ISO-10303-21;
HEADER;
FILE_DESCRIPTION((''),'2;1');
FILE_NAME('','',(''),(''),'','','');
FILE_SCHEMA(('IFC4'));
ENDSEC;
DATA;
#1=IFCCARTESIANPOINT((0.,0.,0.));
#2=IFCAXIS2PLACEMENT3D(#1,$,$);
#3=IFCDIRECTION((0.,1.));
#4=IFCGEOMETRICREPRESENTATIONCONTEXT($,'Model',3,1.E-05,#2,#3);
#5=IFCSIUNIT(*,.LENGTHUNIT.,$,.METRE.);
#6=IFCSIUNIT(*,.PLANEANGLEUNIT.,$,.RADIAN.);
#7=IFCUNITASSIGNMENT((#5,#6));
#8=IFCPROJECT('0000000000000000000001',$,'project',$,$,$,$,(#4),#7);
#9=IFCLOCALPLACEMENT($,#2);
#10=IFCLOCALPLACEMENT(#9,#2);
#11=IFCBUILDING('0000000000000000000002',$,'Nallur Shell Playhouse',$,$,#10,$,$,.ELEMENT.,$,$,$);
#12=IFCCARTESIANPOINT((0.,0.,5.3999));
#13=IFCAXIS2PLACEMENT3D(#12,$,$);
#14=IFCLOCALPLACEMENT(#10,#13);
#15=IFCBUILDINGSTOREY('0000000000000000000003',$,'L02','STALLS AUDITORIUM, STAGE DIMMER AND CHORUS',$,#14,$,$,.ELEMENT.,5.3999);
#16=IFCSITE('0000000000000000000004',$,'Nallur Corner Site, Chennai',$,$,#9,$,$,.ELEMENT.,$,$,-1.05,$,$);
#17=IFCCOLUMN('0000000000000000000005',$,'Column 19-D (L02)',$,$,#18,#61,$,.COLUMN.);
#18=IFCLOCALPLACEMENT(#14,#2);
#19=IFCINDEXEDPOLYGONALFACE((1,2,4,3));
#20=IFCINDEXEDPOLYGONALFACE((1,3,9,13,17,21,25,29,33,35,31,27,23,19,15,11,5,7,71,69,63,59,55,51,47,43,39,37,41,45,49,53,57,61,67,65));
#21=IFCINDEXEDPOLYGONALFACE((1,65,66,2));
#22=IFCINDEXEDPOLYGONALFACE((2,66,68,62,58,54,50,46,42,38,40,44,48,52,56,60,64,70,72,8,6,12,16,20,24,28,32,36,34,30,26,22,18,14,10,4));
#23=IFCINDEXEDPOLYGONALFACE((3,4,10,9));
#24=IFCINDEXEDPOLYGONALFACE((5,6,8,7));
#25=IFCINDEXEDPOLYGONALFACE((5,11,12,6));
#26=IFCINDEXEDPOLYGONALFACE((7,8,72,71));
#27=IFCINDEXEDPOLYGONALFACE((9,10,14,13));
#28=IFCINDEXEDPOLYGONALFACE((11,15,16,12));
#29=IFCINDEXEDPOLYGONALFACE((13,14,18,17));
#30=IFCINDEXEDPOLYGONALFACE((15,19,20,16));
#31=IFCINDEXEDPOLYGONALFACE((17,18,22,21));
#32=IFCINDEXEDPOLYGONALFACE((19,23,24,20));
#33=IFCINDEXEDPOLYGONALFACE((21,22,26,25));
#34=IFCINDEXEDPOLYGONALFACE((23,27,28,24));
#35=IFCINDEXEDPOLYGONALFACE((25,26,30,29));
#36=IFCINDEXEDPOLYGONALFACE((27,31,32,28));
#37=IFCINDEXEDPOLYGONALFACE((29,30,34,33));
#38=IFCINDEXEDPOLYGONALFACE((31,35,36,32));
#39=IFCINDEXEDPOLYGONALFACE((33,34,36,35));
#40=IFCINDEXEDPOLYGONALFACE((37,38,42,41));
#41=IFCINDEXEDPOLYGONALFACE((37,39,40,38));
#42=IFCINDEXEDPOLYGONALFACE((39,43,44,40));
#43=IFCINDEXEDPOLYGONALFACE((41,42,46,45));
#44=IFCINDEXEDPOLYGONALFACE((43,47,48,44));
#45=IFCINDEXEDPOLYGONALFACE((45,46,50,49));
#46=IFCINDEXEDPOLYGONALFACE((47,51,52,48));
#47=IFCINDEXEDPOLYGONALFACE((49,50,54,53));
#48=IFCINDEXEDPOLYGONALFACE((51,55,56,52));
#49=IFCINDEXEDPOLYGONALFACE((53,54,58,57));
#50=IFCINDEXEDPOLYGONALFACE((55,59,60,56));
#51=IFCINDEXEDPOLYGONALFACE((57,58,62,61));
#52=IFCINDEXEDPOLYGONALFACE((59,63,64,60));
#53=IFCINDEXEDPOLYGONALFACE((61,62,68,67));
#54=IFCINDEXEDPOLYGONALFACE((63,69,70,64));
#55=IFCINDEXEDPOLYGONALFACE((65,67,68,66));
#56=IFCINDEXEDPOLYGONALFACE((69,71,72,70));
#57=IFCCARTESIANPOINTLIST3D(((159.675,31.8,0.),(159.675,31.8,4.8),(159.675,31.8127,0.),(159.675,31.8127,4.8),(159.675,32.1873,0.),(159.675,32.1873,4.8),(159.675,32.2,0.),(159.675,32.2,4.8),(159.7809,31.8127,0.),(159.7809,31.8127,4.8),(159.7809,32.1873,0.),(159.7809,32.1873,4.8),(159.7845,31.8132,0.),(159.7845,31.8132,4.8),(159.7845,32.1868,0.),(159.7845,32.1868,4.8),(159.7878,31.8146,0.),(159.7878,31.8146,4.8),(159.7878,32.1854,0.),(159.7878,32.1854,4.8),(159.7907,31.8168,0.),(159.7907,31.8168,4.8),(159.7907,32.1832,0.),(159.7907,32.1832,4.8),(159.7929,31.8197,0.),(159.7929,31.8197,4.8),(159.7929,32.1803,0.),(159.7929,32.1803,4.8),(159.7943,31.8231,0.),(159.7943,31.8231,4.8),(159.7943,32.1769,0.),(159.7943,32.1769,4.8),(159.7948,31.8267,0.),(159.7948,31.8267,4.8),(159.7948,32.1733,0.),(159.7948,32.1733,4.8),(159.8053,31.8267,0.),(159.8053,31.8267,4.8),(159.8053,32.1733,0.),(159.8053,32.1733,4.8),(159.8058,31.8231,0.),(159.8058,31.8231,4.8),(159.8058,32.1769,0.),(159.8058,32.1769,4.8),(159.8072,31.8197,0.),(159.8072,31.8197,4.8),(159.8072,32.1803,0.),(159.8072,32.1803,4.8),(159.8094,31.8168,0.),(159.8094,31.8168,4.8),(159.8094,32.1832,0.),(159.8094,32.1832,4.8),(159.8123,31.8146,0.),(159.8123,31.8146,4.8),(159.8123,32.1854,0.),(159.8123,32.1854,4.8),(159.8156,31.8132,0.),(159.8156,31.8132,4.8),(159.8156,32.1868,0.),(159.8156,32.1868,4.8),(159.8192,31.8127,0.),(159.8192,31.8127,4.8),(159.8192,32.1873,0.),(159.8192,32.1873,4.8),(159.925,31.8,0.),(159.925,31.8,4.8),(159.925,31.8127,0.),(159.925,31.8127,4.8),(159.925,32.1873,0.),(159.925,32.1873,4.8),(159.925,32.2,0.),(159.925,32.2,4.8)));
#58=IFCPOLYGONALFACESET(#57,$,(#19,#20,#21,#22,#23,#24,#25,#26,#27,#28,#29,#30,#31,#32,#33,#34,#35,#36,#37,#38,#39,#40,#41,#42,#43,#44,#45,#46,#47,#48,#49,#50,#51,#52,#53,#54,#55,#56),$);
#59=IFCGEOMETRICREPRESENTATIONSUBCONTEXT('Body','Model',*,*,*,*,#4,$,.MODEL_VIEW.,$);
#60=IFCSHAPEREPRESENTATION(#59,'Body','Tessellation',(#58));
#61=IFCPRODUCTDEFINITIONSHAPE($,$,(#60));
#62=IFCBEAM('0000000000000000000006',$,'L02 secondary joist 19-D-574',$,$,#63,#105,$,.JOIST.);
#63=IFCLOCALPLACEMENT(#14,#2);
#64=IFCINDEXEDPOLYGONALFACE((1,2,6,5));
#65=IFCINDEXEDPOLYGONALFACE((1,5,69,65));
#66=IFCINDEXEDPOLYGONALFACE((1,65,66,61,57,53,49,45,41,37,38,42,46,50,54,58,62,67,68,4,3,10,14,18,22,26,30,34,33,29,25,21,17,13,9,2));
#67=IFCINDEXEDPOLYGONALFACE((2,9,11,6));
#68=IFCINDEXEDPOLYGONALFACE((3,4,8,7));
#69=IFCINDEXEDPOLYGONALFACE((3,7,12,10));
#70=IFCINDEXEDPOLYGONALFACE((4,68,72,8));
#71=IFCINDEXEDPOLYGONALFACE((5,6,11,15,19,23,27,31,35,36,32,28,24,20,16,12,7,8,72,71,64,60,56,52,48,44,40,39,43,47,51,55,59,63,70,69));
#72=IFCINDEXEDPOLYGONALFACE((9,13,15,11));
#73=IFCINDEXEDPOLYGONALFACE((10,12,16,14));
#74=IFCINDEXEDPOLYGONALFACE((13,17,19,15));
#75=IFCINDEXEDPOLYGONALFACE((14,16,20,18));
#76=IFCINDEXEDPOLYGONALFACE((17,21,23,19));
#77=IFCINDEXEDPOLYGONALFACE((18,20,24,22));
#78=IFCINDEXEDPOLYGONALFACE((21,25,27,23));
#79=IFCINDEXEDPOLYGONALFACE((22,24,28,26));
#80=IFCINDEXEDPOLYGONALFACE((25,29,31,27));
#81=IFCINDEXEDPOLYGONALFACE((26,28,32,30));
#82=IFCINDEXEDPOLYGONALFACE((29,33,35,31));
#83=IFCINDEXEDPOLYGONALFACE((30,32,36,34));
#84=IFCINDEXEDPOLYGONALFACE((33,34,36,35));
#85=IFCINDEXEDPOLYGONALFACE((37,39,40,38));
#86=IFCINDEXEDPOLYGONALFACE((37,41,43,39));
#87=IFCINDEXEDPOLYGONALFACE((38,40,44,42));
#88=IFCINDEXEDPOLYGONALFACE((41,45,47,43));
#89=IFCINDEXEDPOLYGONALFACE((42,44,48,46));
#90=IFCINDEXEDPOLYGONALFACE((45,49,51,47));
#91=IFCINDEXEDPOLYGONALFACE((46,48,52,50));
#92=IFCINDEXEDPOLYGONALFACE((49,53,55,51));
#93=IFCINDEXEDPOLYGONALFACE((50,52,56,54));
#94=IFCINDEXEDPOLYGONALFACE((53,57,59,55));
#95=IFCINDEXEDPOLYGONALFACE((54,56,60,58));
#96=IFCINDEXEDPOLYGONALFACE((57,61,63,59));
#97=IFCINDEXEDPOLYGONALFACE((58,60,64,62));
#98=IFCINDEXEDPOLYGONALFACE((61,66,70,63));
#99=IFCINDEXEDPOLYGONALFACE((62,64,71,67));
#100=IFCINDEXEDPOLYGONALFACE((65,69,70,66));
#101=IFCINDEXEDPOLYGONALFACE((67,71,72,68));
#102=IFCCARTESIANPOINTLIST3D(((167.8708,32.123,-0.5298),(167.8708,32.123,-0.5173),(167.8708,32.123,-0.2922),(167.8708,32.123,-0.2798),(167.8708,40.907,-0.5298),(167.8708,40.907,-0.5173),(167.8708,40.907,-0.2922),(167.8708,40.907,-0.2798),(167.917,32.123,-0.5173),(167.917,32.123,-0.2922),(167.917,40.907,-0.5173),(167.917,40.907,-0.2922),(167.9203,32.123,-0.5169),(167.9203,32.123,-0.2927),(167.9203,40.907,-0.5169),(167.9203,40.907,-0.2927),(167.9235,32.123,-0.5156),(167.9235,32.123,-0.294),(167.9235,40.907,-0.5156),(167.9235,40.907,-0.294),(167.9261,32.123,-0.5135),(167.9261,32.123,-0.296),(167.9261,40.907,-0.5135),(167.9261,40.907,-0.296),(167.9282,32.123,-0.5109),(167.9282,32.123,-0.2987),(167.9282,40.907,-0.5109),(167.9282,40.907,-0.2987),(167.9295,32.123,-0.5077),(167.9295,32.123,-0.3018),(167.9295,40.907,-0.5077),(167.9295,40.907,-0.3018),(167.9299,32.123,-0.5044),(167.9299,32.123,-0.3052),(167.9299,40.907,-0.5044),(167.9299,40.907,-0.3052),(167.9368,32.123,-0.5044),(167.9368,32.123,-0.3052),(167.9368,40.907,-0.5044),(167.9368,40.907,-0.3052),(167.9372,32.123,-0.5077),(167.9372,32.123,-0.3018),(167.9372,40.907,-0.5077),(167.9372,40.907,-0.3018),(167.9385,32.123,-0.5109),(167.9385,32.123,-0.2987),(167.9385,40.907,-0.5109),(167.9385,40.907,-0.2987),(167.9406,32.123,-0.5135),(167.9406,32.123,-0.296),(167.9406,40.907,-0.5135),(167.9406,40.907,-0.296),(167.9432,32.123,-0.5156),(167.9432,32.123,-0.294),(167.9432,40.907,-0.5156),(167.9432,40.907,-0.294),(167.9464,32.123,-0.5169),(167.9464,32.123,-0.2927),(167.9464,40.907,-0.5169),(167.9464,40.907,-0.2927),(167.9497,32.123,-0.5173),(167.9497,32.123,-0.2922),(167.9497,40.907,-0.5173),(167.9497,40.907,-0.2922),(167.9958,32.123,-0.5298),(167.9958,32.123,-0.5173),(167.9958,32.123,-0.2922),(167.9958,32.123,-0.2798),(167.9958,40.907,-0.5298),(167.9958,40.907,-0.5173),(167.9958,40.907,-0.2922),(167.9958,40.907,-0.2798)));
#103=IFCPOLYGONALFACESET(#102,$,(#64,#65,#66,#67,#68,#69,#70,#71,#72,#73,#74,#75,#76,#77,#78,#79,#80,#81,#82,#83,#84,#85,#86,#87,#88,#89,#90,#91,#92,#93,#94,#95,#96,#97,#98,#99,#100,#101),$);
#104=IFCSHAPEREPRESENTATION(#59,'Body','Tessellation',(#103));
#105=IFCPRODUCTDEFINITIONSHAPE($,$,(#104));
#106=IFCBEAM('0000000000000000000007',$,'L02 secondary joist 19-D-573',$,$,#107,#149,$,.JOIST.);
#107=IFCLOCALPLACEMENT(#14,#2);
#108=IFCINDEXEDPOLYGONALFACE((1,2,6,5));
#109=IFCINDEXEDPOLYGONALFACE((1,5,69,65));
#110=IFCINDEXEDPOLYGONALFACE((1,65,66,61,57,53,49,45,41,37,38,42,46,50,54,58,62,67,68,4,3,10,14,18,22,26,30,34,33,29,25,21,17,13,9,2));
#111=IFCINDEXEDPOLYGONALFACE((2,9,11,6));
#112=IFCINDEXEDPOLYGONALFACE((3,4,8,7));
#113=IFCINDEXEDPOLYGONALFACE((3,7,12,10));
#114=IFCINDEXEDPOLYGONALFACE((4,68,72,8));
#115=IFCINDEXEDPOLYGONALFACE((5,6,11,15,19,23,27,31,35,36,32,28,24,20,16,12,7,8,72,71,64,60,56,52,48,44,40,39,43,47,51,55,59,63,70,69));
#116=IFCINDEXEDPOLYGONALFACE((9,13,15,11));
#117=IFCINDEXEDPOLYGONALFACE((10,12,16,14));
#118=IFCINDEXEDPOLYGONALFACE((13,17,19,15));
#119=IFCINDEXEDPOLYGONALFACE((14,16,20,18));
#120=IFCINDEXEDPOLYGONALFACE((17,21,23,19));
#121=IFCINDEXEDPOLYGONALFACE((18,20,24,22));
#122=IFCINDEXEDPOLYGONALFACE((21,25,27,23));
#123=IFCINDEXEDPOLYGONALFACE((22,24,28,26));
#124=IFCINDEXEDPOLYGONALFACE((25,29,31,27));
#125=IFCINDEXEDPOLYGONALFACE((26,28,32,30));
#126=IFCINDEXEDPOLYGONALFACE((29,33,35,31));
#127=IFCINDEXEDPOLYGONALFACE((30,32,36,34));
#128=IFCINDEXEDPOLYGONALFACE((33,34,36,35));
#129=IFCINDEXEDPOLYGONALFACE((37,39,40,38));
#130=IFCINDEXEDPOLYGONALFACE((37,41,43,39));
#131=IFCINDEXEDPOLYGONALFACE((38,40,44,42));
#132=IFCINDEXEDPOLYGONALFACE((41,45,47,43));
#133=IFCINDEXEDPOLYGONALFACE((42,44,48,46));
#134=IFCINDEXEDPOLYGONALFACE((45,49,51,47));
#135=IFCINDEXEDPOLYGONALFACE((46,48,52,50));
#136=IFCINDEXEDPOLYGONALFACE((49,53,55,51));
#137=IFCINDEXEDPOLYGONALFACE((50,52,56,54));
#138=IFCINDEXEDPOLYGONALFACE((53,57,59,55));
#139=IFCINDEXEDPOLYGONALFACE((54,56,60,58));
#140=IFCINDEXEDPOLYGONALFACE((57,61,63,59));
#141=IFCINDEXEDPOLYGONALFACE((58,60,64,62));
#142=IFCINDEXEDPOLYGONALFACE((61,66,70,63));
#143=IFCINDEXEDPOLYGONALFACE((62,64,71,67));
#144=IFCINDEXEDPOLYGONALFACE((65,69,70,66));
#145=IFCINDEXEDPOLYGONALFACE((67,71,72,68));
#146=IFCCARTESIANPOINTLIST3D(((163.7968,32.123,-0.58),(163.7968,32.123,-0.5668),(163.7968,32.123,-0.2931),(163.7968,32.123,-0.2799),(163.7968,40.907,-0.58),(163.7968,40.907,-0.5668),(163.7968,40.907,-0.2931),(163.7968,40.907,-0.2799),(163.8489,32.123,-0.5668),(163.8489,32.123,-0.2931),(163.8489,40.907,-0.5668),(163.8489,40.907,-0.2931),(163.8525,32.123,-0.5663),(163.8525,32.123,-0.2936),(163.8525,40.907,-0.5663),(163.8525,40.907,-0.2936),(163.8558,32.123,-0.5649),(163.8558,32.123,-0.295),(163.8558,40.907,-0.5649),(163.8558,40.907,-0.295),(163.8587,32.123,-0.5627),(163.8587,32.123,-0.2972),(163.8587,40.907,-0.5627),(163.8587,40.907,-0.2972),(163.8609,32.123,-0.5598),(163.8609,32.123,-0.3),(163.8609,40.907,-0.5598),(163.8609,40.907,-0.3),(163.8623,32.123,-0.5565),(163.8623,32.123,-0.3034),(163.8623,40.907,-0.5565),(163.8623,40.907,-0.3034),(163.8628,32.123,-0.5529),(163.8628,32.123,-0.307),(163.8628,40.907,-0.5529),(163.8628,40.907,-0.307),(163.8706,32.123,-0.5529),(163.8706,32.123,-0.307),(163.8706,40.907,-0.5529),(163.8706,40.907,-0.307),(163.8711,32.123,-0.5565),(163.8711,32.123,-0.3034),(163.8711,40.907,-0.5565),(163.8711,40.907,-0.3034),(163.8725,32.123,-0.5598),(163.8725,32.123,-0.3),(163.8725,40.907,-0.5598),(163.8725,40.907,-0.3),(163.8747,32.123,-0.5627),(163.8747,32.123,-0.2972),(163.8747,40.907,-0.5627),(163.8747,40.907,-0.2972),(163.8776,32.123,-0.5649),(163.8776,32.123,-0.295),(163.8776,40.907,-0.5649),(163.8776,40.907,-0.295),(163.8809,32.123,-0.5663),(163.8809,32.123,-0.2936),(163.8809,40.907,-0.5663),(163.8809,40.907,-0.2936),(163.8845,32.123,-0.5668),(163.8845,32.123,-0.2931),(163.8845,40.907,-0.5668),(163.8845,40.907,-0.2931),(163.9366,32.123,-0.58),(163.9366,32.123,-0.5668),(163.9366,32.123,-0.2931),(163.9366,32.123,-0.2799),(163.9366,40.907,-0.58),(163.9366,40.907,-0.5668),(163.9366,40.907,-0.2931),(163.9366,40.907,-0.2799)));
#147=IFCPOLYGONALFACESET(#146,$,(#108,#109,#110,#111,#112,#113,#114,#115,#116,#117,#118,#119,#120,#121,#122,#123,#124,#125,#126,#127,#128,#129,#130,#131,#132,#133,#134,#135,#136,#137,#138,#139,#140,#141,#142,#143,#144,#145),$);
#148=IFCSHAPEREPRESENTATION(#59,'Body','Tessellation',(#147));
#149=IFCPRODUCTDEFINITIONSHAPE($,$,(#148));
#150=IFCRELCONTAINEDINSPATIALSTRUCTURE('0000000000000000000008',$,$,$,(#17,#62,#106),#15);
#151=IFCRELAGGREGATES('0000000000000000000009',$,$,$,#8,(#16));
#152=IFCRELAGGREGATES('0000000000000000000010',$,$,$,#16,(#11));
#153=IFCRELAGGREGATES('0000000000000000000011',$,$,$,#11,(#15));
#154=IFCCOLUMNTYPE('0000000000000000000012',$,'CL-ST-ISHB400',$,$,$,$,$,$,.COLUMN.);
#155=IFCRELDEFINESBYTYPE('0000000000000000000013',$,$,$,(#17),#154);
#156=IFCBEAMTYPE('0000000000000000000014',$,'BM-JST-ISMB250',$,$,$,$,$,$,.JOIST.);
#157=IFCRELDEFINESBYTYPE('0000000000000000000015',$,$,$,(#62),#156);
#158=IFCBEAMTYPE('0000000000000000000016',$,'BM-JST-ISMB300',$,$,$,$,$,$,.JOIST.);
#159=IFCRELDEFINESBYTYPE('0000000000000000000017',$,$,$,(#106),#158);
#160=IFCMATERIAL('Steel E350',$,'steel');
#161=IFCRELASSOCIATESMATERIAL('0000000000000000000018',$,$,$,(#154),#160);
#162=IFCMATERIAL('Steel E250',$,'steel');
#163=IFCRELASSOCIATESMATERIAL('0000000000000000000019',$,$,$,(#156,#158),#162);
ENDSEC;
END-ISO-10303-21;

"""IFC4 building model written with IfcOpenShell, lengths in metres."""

from ifc_helpers import new_model, si_unit, direction, frame, origin, origin_2d, place, context, subcontext, project, spatial, i_section, extrude, material, material_profile, profile_set, type_object, element, save


model = new_model("IFC4")

# Units and contexts
model_context = context("Model", 3, precision=1e-05, world=origin(), true_north=direction((0.0, 1.0)))
body_context = subcontext(model_context, "Body", "Model", "MODEL_VIEW")
ifc_project = project(units=[si_unit("LENGTHUNIT", "METRE"), si_unit("PLANEANGLEUNIT", "RADIAN")], contexts=[model_context])

# Site, building, storey
site_placement = place(None, origin())
site = spatial("IfcSite", under=ifc_project, at=site_placement, Name="Nallur Corner Site, Chennai", CompositionType="ELEMENT", RefElevation=-1.05)
building_placement = place(site_placement, origin())
building = spatial("IfcBuilding", under=site, at=building_placement, Name="Nallur Shell Playhouse", CompositionType="ELEMENT")
storey_placement = place(building_placement, frame((0.0, 0.0, 5.3999)))
storey = spatial("IfcBuildingStorey", under=building, at=storey_placement, Name="L02", Description="STALLS AUDITORIUM, STAGE DIMMER AND CHORUS", CompositionType="ELEMENT", Elevation=5.3999)

# Column
ifc_material_1 = material(Name="Steel E350", Category="steel")
ifc_material_profile_1 = material_profile(ifc_material_1, i_section(OverallWidth=0.25, OverallDepth=0.3999, WebThickness=0.0105, FlangeThickness=0.0127, FilletRadius=0.0139, at=origin_2d()), Name="ISHB 400")
ifc_profile_set_1 = profile_set([ifc_material_profile_1], Name="Steel E350")
column_type = type_object("IfcColumnType", Name="CL-ST-ISHB400", PredefinedType="COLUMN", material=ifc_profile_set_1)
column_placement = place(storey_placement, frame((159.8, 32.0, 0.0), z_axis=(0.0, 0.0, 1.0), x_axis=(1.0, 0.0, 0.0)))
element("IfcColumn", 1, at=column_placement, inside=storey, type_object=column_type, Name="Column 19-D (L02)", PredefinedType="COLUMN", context=body_context, shape_type="SweptSolid", body=[
    extrude(i_section(OverallWidth=0.25, OverallDepth=0.3999, WebThickness=0.0105, FlangeThickness=0.0127, FilletRadius=0.0139, at=origin_2d()), origin(), (0.0, 0.0, 1.0), 4.8),
])

# Beams
ifc_material_2 = material(Name="Steel E250", Category="steel")
ifc_material_profile_2 = material_profile(ifc_material_2, i_section(OverallWidth=0.125, OverallDepth=0.25, WebThickness=0.0068, FlangeThickness=0.0125, FilletRadius=0.0129, at=origin_2d()), Name="ISMB 250")
ifc_profile_set_2 = profile_set([ifc_material_profile_2], Name="Steel E250")
beam_type_1 = type_object("IfcBeamType", Name="BM-JST-ISMB250", PredefinedType="JOIST", material=ifc_profile_set_2)
beam_1_placement = place(storey_placement, frame((167.9333, 32.123, -0.4048), z_axis=(0.0, 1.0, 0.0), x_axis=(-1.0, 0.0, 0.0)))
element("IfcBeam", 2, at=beam_1_placement, inside=storey, type_object=beam_type_1, Name="L02 secondary joist 19-D-574", PredefinedType="JOIST", context=body_context, shape_type="SweptSolid", body=[
    extrude(i_section(OverallWidth=0.125, OverallDepth=0.25, WebThickness=0.0068, FlangeThickness=0.0125, FilletRadius=0.0129, at=origin_2d()), origin(), (0.0, 0.0, 1.0), 8.7839),
])
ifc_material_profile_3 = material_profile(ifc_material_2, i_section(OverallWidth=0.1399, OverallDepth=0.3, WebThickness=0.0078, FlangeThickness=0.0132, FilletRadius=0.0139, at=origin_2d()), Name="ISMB 300")
ifc_profile_set_3 = profile_set([ifc_material_profile_3], Name="Steel E250")
beam_type_2 = type_object("IfcBeamType", Name="BM-JST-ISMB300", PredefinedType="JOIST", material=ifc_profile_set_3)
beam_2_placement = place(storey_placement, frame((163.8667, 32.123, -0.4299), z_axis=(0.0, 1.0, 0.0), x_axis=(-1.0, 0.0, 0.0)))
element("IfcBeam", 3, at=beam_2_placement, inside=storey, type_object=beam_type_2, Name="L02 secondary joist 19-D-573", PredefinedType="JOIST", context=body_context, shape_type="SweptSolid", body=[
    extrude(i_section(OverallWidth=0.1399, OverallDepth=0.3, WebThickness=0.0078, FlangeThickness=0.0132, FilletRadius=0.0139, at=origin_2d()), origin(), (0.0, 0.0, 1.0), 8.7839),
])

save(model, "model.ifc")
